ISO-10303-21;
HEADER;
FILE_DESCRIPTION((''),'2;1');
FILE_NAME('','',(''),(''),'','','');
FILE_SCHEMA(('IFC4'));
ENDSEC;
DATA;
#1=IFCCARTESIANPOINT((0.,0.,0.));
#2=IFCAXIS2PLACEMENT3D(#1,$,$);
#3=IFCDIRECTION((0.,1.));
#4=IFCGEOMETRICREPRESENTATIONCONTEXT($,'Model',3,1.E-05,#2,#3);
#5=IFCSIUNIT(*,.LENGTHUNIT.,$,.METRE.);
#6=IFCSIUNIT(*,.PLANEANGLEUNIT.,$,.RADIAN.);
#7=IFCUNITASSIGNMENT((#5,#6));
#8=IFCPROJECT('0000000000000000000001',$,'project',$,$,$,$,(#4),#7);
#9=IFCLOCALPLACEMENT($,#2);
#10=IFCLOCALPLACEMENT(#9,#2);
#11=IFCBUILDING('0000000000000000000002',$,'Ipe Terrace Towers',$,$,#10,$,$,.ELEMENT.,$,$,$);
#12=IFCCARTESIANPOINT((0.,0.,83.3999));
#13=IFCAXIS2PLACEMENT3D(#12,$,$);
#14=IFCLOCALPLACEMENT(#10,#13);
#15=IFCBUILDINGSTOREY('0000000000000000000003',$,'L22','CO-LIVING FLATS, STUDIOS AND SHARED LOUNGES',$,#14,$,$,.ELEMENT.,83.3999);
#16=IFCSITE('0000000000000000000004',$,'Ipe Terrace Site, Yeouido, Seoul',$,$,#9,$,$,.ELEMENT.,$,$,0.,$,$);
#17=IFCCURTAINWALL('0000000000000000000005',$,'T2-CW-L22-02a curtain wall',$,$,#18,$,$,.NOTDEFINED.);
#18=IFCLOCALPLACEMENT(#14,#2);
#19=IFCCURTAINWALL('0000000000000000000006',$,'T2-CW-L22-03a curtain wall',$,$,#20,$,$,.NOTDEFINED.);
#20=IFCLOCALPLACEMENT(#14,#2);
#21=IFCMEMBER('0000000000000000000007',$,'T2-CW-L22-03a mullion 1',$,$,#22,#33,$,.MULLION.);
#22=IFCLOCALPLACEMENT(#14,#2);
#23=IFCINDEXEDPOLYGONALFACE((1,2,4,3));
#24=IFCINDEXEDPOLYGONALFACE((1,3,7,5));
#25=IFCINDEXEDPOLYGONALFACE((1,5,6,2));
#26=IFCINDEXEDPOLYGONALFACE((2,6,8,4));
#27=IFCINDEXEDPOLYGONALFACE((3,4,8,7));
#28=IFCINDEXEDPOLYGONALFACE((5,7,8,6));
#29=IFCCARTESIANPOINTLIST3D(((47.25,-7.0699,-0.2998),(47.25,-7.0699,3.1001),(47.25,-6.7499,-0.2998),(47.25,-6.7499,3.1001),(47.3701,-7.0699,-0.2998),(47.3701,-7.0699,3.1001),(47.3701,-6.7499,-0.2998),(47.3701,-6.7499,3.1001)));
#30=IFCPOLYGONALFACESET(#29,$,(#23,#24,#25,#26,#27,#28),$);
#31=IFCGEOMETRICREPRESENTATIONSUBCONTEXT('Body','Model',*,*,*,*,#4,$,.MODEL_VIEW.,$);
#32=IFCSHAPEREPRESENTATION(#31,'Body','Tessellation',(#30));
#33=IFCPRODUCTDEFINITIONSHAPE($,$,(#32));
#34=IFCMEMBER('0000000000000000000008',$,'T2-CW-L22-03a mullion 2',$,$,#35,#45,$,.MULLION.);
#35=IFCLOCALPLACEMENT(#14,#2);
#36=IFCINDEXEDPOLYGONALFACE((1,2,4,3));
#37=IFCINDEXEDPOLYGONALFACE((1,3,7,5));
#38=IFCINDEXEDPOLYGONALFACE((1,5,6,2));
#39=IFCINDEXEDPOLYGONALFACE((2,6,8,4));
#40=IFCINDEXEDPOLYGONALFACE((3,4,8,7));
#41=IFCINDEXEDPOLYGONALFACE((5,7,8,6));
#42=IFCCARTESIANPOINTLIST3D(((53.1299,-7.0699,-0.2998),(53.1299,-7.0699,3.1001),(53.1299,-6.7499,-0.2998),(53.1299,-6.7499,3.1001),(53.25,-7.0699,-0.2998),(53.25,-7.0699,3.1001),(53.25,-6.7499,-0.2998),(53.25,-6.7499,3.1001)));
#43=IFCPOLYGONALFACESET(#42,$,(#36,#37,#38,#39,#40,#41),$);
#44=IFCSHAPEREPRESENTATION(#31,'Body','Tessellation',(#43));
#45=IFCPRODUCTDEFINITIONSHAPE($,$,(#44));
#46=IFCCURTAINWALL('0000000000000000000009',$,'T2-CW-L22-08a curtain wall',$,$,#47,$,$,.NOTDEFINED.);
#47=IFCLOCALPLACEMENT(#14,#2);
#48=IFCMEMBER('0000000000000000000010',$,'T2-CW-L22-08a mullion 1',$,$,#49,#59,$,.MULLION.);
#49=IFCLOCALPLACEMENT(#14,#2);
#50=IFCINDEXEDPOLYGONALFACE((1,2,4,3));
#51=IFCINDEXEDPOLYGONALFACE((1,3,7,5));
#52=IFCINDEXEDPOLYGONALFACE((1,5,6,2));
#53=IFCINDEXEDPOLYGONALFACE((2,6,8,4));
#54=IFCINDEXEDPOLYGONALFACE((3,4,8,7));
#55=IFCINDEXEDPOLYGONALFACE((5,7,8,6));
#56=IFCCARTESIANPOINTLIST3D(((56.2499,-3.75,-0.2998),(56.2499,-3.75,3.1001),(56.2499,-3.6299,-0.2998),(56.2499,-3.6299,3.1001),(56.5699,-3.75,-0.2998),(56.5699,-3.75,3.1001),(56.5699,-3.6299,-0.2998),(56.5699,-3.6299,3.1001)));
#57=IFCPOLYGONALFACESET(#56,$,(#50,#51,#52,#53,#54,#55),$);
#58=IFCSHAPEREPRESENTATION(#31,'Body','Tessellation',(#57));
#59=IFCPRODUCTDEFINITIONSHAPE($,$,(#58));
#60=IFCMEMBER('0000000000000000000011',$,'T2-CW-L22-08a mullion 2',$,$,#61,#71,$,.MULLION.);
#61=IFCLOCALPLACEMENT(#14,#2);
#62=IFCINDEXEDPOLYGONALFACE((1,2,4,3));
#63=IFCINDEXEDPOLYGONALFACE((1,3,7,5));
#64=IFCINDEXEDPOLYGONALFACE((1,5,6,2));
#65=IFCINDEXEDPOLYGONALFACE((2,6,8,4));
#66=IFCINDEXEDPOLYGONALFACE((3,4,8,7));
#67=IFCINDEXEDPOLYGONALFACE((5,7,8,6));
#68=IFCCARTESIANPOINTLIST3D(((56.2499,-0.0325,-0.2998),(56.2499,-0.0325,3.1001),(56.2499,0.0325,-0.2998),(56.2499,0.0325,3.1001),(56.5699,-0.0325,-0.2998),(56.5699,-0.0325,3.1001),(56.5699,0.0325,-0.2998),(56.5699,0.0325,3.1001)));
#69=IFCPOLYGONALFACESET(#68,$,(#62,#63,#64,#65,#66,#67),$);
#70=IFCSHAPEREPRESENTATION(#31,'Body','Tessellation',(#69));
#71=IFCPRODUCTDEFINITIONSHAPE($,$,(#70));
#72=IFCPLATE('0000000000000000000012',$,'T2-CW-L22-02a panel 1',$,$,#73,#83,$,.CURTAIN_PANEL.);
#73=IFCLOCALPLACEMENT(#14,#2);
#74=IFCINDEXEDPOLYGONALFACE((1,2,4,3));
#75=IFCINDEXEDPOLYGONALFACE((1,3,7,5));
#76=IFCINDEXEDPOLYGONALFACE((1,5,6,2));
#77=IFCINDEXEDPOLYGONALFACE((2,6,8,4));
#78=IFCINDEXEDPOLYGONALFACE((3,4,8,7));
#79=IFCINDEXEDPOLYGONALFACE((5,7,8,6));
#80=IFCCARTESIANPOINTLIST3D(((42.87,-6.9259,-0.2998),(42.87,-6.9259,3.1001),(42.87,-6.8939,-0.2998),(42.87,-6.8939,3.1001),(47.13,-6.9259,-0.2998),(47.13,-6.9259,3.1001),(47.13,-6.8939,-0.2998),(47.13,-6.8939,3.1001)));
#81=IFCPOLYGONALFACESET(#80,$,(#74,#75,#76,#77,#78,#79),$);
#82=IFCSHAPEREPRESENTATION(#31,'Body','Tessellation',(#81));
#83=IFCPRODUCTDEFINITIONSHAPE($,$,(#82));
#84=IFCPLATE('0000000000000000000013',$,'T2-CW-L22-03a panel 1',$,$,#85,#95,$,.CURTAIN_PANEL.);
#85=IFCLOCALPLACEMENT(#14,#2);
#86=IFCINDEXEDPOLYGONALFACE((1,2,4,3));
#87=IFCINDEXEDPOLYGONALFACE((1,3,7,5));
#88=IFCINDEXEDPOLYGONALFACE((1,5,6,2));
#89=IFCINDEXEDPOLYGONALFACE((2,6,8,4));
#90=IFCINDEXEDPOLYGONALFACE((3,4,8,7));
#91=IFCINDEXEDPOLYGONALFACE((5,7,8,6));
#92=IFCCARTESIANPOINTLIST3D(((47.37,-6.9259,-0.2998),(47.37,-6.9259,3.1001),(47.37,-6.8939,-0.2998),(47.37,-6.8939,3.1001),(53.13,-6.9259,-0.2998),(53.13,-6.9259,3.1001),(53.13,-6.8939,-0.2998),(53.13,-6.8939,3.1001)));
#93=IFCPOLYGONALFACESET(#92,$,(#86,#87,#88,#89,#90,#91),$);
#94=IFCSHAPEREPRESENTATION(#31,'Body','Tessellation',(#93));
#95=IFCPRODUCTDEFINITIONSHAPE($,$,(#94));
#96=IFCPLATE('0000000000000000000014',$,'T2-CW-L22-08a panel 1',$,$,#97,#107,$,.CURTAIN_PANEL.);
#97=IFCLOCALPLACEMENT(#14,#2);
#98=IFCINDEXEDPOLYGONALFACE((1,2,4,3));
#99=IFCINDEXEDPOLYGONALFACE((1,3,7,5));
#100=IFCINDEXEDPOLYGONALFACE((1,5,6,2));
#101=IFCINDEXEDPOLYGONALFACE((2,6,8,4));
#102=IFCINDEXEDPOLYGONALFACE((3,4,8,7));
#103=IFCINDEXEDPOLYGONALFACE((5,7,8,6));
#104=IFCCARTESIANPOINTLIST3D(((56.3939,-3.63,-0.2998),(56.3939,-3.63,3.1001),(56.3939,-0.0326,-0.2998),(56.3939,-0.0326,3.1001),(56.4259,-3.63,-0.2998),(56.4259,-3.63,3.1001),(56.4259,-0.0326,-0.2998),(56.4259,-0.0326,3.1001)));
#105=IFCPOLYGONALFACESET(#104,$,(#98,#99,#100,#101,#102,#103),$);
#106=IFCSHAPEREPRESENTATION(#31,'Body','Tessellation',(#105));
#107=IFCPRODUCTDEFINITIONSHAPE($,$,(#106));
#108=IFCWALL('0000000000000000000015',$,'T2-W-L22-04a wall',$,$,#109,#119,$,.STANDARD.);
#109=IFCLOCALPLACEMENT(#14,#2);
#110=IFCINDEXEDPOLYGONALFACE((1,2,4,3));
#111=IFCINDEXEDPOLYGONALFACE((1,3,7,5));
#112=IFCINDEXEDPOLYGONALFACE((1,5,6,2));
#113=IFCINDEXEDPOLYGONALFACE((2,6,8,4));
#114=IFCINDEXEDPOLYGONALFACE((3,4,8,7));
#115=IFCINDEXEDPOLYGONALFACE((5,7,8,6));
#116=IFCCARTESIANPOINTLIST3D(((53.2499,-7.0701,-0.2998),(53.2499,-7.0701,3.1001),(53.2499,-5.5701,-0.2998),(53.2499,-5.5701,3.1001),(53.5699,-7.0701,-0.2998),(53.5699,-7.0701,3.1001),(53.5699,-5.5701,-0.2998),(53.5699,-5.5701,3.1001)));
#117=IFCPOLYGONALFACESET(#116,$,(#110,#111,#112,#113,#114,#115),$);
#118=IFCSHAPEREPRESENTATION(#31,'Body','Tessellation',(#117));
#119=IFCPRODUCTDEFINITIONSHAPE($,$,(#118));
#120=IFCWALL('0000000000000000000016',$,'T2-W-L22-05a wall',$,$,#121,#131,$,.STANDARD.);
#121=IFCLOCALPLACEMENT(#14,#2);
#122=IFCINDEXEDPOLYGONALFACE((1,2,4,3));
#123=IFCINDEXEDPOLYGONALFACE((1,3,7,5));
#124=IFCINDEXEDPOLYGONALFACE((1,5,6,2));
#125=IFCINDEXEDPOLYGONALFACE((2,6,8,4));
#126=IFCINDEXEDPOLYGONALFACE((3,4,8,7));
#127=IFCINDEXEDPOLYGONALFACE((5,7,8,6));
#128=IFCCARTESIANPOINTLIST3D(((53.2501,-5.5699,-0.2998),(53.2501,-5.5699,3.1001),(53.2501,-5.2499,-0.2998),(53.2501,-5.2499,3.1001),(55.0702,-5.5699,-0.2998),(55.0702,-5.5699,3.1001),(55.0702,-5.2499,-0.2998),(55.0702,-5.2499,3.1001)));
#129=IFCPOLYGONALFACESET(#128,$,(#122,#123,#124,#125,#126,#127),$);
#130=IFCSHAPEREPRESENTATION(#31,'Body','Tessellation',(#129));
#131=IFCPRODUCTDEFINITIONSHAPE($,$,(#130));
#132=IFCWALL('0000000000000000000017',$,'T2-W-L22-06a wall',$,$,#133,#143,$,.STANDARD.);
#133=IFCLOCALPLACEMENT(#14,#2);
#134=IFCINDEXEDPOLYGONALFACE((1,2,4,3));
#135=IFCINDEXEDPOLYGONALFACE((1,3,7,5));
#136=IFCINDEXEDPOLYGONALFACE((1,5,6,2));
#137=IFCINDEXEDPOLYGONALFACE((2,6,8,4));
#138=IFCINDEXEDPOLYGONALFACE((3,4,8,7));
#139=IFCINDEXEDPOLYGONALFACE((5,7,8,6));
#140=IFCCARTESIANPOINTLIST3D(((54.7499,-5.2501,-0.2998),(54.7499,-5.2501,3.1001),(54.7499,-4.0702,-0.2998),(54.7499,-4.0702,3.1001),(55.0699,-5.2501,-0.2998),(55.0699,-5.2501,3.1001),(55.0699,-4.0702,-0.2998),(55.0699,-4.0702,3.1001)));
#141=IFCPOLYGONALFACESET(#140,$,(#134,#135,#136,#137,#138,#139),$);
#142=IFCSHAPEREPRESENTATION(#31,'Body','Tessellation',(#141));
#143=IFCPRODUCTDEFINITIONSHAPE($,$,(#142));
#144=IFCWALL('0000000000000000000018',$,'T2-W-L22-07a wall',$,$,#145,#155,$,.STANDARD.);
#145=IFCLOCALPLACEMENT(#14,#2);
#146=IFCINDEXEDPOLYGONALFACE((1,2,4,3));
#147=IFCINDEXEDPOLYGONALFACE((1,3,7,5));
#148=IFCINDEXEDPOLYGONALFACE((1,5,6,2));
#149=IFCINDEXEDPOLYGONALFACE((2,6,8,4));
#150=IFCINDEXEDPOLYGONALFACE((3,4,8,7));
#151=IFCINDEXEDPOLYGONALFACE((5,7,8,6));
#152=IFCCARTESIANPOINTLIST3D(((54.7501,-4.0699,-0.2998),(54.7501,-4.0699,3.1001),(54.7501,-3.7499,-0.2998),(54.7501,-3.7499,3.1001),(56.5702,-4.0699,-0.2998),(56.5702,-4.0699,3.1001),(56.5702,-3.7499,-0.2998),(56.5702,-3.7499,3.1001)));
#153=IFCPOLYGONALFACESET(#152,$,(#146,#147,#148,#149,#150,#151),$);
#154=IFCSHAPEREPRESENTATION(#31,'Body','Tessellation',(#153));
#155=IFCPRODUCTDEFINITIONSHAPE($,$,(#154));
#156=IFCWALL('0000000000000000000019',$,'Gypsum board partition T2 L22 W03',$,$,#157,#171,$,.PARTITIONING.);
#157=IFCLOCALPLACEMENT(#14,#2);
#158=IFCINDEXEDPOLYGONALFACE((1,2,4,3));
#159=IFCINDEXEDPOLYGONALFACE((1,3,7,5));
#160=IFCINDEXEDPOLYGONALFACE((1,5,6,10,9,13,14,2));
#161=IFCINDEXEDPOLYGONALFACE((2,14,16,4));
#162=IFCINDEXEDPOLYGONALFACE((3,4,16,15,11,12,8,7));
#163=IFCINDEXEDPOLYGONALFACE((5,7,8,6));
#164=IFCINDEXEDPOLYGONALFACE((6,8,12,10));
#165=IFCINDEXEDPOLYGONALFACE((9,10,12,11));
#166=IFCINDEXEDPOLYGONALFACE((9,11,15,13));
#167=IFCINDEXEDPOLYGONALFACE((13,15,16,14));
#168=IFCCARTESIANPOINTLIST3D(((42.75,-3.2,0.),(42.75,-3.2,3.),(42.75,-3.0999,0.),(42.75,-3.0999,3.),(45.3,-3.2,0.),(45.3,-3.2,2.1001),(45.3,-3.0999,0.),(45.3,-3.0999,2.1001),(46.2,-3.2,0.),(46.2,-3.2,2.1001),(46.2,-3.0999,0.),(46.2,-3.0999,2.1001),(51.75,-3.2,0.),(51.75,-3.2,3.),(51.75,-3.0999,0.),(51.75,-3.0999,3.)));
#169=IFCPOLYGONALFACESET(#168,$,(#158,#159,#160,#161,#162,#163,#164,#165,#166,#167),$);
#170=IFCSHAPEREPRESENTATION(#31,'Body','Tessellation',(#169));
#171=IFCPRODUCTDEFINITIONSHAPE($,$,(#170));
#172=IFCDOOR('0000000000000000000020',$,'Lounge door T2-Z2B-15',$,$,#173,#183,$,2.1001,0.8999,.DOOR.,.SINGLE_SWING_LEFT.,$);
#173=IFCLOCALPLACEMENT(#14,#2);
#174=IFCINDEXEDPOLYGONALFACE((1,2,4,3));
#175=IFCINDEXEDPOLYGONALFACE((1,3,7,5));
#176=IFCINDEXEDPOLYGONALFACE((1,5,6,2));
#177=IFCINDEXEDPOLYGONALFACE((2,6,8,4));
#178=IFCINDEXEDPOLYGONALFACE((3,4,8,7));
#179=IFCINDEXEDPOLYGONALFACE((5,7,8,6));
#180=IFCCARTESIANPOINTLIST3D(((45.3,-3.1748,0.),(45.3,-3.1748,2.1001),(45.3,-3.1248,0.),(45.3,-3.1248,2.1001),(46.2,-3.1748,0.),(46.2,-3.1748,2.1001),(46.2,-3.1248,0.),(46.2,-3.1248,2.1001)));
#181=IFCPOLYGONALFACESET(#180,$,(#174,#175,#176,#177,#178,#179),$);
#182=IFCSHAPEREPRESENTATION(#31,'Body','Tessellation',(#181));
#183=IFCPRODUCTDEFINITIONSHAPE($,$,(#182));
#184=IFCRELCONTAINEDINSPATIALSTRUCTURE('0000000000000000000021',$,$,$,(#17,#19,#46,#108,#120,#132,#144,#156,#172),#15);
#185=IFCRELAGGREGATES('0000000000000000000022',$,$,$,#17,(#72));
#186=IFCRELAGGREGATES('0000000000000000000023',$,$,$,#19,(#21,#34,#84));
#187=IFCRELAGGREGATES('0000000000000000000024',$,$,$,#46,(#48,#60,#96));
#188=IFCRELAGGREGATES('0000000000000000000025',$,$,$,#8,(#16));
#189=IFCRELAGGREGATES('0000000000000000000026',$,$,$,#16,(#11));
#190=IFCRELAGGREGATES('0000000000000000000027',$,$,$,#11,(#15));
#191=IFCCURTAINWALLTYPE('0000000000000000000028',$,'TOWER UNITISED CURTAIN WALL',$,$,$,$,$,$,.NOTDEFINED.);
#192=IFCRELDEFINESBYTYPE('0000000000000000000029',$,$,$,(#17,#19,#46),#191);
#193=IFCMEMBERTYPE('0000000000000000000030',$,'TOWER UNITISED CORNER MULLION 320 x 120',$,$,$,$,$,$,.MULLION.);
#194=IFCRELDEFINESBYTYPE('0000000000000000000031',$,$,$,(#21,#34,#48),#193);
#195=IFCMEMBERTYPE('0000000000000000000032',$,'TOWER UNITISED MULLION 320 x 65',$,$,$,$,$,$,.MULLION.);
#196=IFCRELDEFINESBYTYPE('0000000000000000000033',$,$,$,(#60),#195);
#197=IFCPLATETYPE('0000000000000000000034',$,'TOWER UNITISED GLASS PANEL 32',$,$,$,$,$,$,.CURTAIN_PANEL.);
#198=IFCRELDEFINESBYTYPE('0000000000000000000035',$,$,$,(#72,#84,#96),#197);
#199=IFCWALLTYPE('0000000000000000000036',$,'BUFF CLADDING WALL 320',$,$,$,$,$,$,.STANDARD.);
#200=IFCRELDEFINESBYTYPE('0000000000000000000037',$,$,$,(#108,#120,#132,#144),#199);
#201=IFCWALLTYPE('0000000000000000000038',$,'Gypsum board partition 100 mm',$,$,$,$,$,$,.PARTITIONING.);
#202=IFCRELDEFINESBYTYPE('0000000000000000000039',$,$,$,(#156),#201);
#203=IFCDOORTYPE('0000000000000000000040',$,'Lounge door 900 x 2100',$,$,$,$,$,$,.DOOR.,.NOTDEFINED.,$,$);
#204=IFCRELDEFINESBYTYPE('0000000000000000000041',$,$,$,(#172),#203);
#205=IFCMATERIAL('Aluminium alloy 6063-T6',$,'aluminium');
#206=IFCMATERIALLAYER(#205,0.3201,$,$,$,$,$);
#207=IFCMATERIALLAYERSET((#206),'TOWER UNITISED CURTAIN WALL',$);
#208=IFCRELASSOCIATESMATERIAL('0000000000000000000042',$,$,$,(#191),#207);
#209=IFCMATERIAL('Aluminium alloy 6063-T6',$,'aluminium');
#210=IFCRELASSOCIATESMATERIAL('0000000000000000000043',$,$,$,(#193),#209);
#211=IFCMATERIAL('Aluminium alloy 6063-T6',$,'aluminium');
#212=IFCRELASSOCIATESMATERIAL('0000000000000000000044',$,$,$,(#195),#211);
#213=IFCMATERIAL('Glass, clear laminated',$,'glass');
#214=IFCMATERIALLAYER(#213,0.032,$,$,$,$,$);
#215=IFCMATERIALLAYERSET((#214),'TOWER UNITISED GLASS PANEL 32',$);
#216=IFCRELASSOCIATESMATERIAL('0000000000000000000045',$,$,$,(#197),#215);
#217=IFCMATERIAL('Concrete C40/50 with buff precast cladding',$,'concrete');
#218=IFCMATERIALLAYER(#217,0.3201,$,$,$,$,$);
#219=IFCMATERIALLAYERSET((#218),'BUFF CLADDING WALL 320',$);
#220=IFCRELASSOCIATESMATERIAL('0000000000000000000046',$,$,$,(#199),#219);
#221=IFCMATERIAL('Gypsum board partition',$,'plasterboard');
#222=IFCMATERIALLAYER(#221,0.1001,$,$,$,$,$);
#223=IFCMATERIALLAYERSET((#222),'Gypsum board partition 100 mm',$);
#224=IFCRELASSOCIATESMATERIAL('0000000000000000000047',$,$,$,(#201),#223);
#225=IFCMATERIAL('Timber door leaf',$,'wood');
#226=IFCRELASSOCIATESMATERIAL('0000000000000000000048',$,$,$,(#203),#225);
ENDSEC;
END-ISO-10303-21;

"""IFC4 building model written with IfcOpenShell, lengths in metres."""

from ifc_helpers import new_model, si_unit, direction, frame, frame_2d, origin, origin_2d, place, context, subcontext, project, spatial, rectangle, extrude, material, layer, layer_set, material_profile, profile_set, type_object, element, fill, aggregate, save


model = new_model("IFC4")

# Units and contexts
model_context = context("Model", 3, precision=1e-05, world=origin(), true_north=direction((0.0, 1.0)))
body_context = subcontext(model_context, "Body", "Model", "MODEL_VIEW")
ifc_project = project(units=[si_unit("LENGTHUNIT", "METRE"), si_unit("PLANEANGLEUNIT", "RADIAN")], contexts=[model_context])

# Site, building, storey
site_placement = place(None, origin())
site = spatial("IfcSite", under=ifc_project, at=site_placement, Name="Ipe Terrace Site, Yeouido, Seoul", CompositionType="ELEMENT", RefElevation=0.0)
building_placement = place(site_placement, origin())
building = spatial("IfcBuilding", under=site, at=building_placement, Name="Ipe Terrace Towers", CompositionType="ELEMENT")
storey_placement = place(building_placement, frame((0.0, 0.0, 83.3999)))
storey = spatial("IfcBuildingStorey", under=building, at=storey_placement, Name="L22", Description="CO-LIVING FLATS, STUDIOS AND SHARED LOUNGES", CompositionType="ELEMENT", Elevation=83.3999)

# Curtain wall
ifc_material_1 = material(Name="Aluminium alloy 6063-T6", Category="aluminium")
ifc_layer_1 = layer(ifc_material_1, 0.3201)
ifc_layer_set_1 = layer_set([ifc_layer_1], Name="TOWER UNITISED CURTAIN WALL")
curtain_wall_type = type_object("IfcCurtainWallType", Name="TOWER UNITISED CURTAIN WALL", PredefinedType="NOTDEFINED", material=ifc_layer_set_1)
curtain_wall_1_placement = place(storey_placement, origin())
curtain_wall_1 = element("IfcCurtainWall", 1, at=curtain_wall_1_placement, inside=storey, type_object=curtain_wall_type, Name="T2-CW-L22-02a curtain wall", PredefinedType="NOTDEFINED")
ifc_material_2 = material(Name="Aluminium alloy 6063-T6", Category="aluminium")
ifc_material_profile_1 = material_profile(ifc_material_2, rectangle(XDim=0.3201, YDim=0.1201, at=origin_2d()), Name="TOWER UNITISED CORNER MULLION 320 x 120")
ifc_profile_set_1 = profile_set([ifc_material_profile_1], Name="Aluminium alloy 6063-T6")
member_type_1 = type_object("IfcMemberType", Name="TOWER UNITISED CORNER MULLION 320 x 120", PredefinedType="MULLION", material=ifc_profile_set_1)

# Curtain walls, members
curtain_wall_2_placement = place(storey_placement, origin())
curtain_wall_2 = element("IfcCurtainWall", 2, at=curtain_wall_2_placement, inside=storey, type_object=curtain_wall_type, Name="T2-CW-L22-03a curtain wall", PredefinedType="NOTDEFINED")
member_1_placement = place(storey_placement, frame((47.3101, -6.9099, -0.2998), z_axis=(0.0, 0.0, 1.0), x_axis=(0.0, -1.0, 0.0)))
member_1 = element("IfcMember", 3, at=member_1_placement, type_object=member_type_1, Name="T2-CW-L22-03a mullion 1", PredefinedType="MULLION", context=body_context, shape_type="SweptSolid", body=[
    extrude(rectangle(XDim=0.3201, YDim=0.1201, at=origin_2d()), origin(), (0.0, 0.0, 1.0), 3.3999),
])
member_2_placement = place(storey_placement, frame((53.1899, -6.9099, -0.2998), z_axis=(0.0, 0.0, 1.0), x_axis=(0.0, -1.0, 0.0)))
member_2 = element("IfcMember", 4, at=member_2_placement, type_object=member_type_1, Name="T2-CW-L22-03a mullion 2", PredefinedType="MULLION", context=body_context, shape_type="SweptSolid", body=[
    extrude(rectangle(XDim=0.3201, YDim=0.1201, at=origin_2d()), origin(), (0.0, 0.0, 1.0), 3.3999),
])
curtain_wall_3_placement = place(storey_placement, origin())
curtain_wall_3 = element("IfcCurtainWall", 5, at=curtain_wall_3_placement, inside=storey, type_object=curtain_wall_type, Name="T2-CW-L22-08a curtain wall", PredefinedType="NOTDEFINED")
member_3_placement = place(storey_placement, frame((56.4099, -3.6899, -0.2998), z_axis=(0.0, 0.0, 1.0), x_axis=(1.0, 0.0, 0.0)))
member_3 = element("IfcMember", 6, at=member_3_placement, type_object=member_type_1, Name="T2-CW-L22-08a mullion 1", PredefinedType="MULLION", context=body_context, shape_type="SweptSolid", body=[
    extrude(rectangle(XDim=0.3201, YDim=0.1201, at=origin_2d()), origin(), (0.0, 0.0, 1.0), 3.3999),
])
ifc_material_3 = material(Name="Aluminium alloy 6063-T6", Category="aluminium")
ifc_material_profile_2 = material_profile(ifc_material_3, rectangle(XDim=0.3201, YDim=0.0649, at=origin_2d()), Name="TOWER UNITISED MULLION 320 x 65")
ifc_profile_set_2 = profile_set([ifc_material_profile_2], Name="Aluminium alloy 6063-T6")
member_type_2 = type_object("IfcMemberType", Name="TOWER UNITISED MULLION 320 x 65", PredefinedType="MULLION", material=ifc_profile_set_2)
member_4_placement = place(storey_placement, frame((56.4099, 0.0, -0.2998), z_axis=(0.0, 0.0, 1.0), x_axis=(1.0, 0.0, 0.0)))
member_4 = element("IfcMember", 7, at=member_4_placement, type_object=member_type_2, Name="T2-CW-L22-08a mullion 2", PredefinedType="MULLION", context=body_context, shape_type="SweptSolid", body=[
    extrude(rectangle(XDim=0.3201, YDim=0.0649, at=origin_2d()), origin(), (0.0, 0.0, 1.0), 3.3999),
])

# Plates
ifc_material_4 = material(Name="Glass, clear laminated", Category="glass")
ifc_layer_2 = layer(ifc_material_4, 0.032)
ifc_layer_set_2 = layer_set([ifc_layer_2], Name="TOWER UNITISED GLASS PANEL 32")
plate_type = type_object("IfcPlateType", Name="TOWER UNITISED GLASS PANEL 32", PredefinedType="CURTAIN_PANEL", material=ifc_layer_set_2)
plate_1_placement = place(storey_placement, frame((45.0, -6.9099, -0.2998), z_axis=(0.0, 0.0, 1.0), x_axis=(1.0, 0.0, 0.0)))
plate_1 = element("IfcPlate", 8, at=plate_1_placement, type_object=plate_type, Name="T2-CW-L22-02a panel 1", PredefinedType="CURTAIN_PANEL", context=body_context, shape_type="SweptSolid", body=[
    extrude(rectangle(XDim=4.26, YDim=0.032, at=origin_2d()), origin(), (0.0, 0.0, 1.0), 3.3999),
])
aggregate(curtain_wall_1, [plate_1])
plate_2_placement = place(storey_placement, frame((50.25, -6.9099, -0.2998), z_axis=(0.0, 0.0, 1.0), x_axis=(1.0, 0.0, 0.0)))
plate_2 = element("IfcPlate", 9, at=plate_2_placement, type_object=plate_type, Name="T2-CW-L22-03a panel 1", PredefinedType="CURTAIN_PANEL", context=body_context, shape_type="SweptSolid", body=[
    extrude(rectangle(XDim=5.76, YDim=0.032, at=origin_2d()), origin(), (0.0, 0.0, 1.0), 3.3999),
])
aggregate(curtain_wall_2, [member_1, member_2, plate_2])
plate_3_placement = place(storey_placement, frame((56.4099, -1.8313, -0.2998), z_axis=(0.0, 0.0, 1.0), x_axis=(0.0, 1.0, 0.0)))
plate_3 = element("IfcPlate", 10, at=plate_3_placement, type_object=plate_type, Name="T2-CW-L22-08a panel 1", PredefinedType="CURTAIN_PANEL", context=body_context, shape_type="SweptSolid", body=[
    extrude(rectangle(XDim=3.5974, YDim=0.032, at=origin_2d()), origin(), (0.0, 0.0, 1.0), 3.3999),
])
aggregate(curtain_wall_3, [member_3, member_4, plate_3])

# Walls
ifc_material_5 = material(Name="Concrete C40/50 with buff precast cladding", Category="concrete")
ifc_layer_3 = layer(ifc_material_5, 0.3201)
ifc_layer_set_3 = layer_set([ifc_layer_3], Name="BUFF CLADDING WALL 320")
wall_type_1 = type_object("IfcWallType", Name="BUFF CLADDING WALL 320", PredefinedType="STANDARD", material=ifc_layer_set_3)
wall_1_placement = place(storey_placement, frame((53.4099, -7.0701, -0.2998), z_axis=(0.0, 0.0, 1.0), x_axis=(0.0, 1.0, 0.0)))
element("IfcWall", 11, at=wall_1_placement, inside=storey, type_object=wall_type_1, Name="T2-W-L22-04a wall", PredefinedType="STANDARD", context=body_context, shape_type="SweptSolid", body=[
    extrude(rectangle(XDim=1.5, YDim=0.3201, at=frame_2d((0.75, 0.0))), origin(), (0.0, 0.0, 1.0), 3.3999),
])
wall_2_placement = place(storey_placement, frame((53.25, -5.4099, -0.2998), z_axis=(0.0, 0.0, 1.0), x_axis=(1.0, 0.0, 0.0)))
element("IfcWall", 12, at=wall_2_placement, inside=storey, type_object=wall_type_1, Name="T2-W-L22-05a wall", PredefinedType="STANDARD", context=body_context, shape_type="SweptSolid", body=[
    extrude(rectangle(XDim=1.8201, YDim=0.3201, at=frame_2d((0.9102, 0.0))), origin(), (0.0, 0.0, 1.0), 3.3999),
])
wall_3_placement = place(storey_placement, frame((54.9099, -5.25, -0.2998), z_axis=(0.0, 0.0, 1.0), x_axis=(0.0, 1.0, 0.0)))
element("IfcWall", 13, at=wall_3_placement, inside=storey, type_object=wall_type_1, Name="T2-W-L22-06a wall", PredefinedType="STANDARD", context=body_context, shape_type="SweptSolid", body=[
    extrude(rectangle(XDim=1.1799, YDim=0.3201, at=frame_2d((0.5898, 0.0))), origin(), (0.0, 0.0, 1.0), 3.3999),
])
wall_4_placement = place(storey_placement, frame((54.75, -3.9099, -0.2998), z_axis=(0.0, 0.0, 1.0), x_axis=(1.0, 0.0, 0.0)))
element("IfcWall", 14, at=wall_4_placement, inside=storey, type_object=wall_type_1, Name="T2-W-L22-07a wall", PredefinedType="STANDARD", context=body_context, shape_type="SweptSolid", body=[
    extrude(rectangle(XDim=1.8201, YDim=0.3201, at=frame_2d((0.9102, 0.0))), origin(), (0.0, 0.0, 1.0), 3.3999),
])

# Wall, opening, door
ifc_material_6 = material(Name="Gypsum board partition", Category="plasterboard")
ifc_layer_4 = layer(ifc_material_6, 0.1001)
ifc_layer_set_4 = layer_set([ifc_layer_4], Name="Gypsum board partition 100 mm")
wall_type_2 = type_object("IfcWallType", Name="Gypsum board partition 100 mm", PredefinedType="PARTITIONING", material=ifc_layer_set_4)
wall_5_placement = place(storey_placement, frame((51.75, -3.1499, 0.0), z_axis=(0.0, 0.0, 1.0), x_axis=(-1.0, 0.0, 0.0)))
wall_5 = element("IfcWall", 15, at=wall_5_placement, inside=storey, type_object=wall_type_2, Name="Gypsum board partition T2 L22 W03", PredefinedType="PARTITIONING", context=body_context, shape_type="SweptSolid", body=[
    extrude(rectangle(XDim=9.0, YDim=0.1001, at=frame_2d((4.5, 0.0))), origin(), (0.0, 0.0, 1.0), 3.0),
])
opening_1_placement = place(wall_5_placement, frame((5.55, 0.0, 0.0)))
opening_1 = element("IfcOpeningElement", 16, at=opening_1_placement, cuts=wall_5, PredefinedType="OPENING", context=body_context, shape_type="SweptSolid", body=[
    extrude(rectangle(XDim=0.8999, YDim=2.1001, at=frame_2d((0.45, 1.05))), frame((0.0, 0.0601, 0.0), z_axis=(0.0, -1.0, 0.0), x_axis=(1.0, 0.0, 0.0)), (0.0, 0.0, 1.0), 0.1201),
])
ifc_material_7 = material(Name="Timber door leaf", Category="wood")
door_type_1 = type_object("IfcDoorType", Name="Lounge door 900 x 2100", OperationType="NOTDEFINED", PredefinedType="DOOR", material=ifc_material_7)
door_1_placement = place(opening_1_placement, origin())
door_1 = element("IfcDoor", 17, at=door_1_placement, inside=storey, type_object=door_type_1, Name="Lounge door T2-Z2B-15", OperationType="SINGLE_SWING_LEFT", OverallHeight=2.1001, OverallWidth=0.8999, PredefinedType="DOOR", context=body_context, shape_type="SweptSolid", body=[
    extrude(rectangle(XDim=0.8999, YDim=2.1001, at=frame_2d((0.45, 1.05))), frame((0.0, 0.0249, 0.0), z_axis=(0.0, -1.0, 0.0), x_axis=(1.0, 0.0, 0.0)), (0.0, 0.0, 1.0), 0.05),
])
fill(opening_1, door_1)

save(model, "model.ifc")
